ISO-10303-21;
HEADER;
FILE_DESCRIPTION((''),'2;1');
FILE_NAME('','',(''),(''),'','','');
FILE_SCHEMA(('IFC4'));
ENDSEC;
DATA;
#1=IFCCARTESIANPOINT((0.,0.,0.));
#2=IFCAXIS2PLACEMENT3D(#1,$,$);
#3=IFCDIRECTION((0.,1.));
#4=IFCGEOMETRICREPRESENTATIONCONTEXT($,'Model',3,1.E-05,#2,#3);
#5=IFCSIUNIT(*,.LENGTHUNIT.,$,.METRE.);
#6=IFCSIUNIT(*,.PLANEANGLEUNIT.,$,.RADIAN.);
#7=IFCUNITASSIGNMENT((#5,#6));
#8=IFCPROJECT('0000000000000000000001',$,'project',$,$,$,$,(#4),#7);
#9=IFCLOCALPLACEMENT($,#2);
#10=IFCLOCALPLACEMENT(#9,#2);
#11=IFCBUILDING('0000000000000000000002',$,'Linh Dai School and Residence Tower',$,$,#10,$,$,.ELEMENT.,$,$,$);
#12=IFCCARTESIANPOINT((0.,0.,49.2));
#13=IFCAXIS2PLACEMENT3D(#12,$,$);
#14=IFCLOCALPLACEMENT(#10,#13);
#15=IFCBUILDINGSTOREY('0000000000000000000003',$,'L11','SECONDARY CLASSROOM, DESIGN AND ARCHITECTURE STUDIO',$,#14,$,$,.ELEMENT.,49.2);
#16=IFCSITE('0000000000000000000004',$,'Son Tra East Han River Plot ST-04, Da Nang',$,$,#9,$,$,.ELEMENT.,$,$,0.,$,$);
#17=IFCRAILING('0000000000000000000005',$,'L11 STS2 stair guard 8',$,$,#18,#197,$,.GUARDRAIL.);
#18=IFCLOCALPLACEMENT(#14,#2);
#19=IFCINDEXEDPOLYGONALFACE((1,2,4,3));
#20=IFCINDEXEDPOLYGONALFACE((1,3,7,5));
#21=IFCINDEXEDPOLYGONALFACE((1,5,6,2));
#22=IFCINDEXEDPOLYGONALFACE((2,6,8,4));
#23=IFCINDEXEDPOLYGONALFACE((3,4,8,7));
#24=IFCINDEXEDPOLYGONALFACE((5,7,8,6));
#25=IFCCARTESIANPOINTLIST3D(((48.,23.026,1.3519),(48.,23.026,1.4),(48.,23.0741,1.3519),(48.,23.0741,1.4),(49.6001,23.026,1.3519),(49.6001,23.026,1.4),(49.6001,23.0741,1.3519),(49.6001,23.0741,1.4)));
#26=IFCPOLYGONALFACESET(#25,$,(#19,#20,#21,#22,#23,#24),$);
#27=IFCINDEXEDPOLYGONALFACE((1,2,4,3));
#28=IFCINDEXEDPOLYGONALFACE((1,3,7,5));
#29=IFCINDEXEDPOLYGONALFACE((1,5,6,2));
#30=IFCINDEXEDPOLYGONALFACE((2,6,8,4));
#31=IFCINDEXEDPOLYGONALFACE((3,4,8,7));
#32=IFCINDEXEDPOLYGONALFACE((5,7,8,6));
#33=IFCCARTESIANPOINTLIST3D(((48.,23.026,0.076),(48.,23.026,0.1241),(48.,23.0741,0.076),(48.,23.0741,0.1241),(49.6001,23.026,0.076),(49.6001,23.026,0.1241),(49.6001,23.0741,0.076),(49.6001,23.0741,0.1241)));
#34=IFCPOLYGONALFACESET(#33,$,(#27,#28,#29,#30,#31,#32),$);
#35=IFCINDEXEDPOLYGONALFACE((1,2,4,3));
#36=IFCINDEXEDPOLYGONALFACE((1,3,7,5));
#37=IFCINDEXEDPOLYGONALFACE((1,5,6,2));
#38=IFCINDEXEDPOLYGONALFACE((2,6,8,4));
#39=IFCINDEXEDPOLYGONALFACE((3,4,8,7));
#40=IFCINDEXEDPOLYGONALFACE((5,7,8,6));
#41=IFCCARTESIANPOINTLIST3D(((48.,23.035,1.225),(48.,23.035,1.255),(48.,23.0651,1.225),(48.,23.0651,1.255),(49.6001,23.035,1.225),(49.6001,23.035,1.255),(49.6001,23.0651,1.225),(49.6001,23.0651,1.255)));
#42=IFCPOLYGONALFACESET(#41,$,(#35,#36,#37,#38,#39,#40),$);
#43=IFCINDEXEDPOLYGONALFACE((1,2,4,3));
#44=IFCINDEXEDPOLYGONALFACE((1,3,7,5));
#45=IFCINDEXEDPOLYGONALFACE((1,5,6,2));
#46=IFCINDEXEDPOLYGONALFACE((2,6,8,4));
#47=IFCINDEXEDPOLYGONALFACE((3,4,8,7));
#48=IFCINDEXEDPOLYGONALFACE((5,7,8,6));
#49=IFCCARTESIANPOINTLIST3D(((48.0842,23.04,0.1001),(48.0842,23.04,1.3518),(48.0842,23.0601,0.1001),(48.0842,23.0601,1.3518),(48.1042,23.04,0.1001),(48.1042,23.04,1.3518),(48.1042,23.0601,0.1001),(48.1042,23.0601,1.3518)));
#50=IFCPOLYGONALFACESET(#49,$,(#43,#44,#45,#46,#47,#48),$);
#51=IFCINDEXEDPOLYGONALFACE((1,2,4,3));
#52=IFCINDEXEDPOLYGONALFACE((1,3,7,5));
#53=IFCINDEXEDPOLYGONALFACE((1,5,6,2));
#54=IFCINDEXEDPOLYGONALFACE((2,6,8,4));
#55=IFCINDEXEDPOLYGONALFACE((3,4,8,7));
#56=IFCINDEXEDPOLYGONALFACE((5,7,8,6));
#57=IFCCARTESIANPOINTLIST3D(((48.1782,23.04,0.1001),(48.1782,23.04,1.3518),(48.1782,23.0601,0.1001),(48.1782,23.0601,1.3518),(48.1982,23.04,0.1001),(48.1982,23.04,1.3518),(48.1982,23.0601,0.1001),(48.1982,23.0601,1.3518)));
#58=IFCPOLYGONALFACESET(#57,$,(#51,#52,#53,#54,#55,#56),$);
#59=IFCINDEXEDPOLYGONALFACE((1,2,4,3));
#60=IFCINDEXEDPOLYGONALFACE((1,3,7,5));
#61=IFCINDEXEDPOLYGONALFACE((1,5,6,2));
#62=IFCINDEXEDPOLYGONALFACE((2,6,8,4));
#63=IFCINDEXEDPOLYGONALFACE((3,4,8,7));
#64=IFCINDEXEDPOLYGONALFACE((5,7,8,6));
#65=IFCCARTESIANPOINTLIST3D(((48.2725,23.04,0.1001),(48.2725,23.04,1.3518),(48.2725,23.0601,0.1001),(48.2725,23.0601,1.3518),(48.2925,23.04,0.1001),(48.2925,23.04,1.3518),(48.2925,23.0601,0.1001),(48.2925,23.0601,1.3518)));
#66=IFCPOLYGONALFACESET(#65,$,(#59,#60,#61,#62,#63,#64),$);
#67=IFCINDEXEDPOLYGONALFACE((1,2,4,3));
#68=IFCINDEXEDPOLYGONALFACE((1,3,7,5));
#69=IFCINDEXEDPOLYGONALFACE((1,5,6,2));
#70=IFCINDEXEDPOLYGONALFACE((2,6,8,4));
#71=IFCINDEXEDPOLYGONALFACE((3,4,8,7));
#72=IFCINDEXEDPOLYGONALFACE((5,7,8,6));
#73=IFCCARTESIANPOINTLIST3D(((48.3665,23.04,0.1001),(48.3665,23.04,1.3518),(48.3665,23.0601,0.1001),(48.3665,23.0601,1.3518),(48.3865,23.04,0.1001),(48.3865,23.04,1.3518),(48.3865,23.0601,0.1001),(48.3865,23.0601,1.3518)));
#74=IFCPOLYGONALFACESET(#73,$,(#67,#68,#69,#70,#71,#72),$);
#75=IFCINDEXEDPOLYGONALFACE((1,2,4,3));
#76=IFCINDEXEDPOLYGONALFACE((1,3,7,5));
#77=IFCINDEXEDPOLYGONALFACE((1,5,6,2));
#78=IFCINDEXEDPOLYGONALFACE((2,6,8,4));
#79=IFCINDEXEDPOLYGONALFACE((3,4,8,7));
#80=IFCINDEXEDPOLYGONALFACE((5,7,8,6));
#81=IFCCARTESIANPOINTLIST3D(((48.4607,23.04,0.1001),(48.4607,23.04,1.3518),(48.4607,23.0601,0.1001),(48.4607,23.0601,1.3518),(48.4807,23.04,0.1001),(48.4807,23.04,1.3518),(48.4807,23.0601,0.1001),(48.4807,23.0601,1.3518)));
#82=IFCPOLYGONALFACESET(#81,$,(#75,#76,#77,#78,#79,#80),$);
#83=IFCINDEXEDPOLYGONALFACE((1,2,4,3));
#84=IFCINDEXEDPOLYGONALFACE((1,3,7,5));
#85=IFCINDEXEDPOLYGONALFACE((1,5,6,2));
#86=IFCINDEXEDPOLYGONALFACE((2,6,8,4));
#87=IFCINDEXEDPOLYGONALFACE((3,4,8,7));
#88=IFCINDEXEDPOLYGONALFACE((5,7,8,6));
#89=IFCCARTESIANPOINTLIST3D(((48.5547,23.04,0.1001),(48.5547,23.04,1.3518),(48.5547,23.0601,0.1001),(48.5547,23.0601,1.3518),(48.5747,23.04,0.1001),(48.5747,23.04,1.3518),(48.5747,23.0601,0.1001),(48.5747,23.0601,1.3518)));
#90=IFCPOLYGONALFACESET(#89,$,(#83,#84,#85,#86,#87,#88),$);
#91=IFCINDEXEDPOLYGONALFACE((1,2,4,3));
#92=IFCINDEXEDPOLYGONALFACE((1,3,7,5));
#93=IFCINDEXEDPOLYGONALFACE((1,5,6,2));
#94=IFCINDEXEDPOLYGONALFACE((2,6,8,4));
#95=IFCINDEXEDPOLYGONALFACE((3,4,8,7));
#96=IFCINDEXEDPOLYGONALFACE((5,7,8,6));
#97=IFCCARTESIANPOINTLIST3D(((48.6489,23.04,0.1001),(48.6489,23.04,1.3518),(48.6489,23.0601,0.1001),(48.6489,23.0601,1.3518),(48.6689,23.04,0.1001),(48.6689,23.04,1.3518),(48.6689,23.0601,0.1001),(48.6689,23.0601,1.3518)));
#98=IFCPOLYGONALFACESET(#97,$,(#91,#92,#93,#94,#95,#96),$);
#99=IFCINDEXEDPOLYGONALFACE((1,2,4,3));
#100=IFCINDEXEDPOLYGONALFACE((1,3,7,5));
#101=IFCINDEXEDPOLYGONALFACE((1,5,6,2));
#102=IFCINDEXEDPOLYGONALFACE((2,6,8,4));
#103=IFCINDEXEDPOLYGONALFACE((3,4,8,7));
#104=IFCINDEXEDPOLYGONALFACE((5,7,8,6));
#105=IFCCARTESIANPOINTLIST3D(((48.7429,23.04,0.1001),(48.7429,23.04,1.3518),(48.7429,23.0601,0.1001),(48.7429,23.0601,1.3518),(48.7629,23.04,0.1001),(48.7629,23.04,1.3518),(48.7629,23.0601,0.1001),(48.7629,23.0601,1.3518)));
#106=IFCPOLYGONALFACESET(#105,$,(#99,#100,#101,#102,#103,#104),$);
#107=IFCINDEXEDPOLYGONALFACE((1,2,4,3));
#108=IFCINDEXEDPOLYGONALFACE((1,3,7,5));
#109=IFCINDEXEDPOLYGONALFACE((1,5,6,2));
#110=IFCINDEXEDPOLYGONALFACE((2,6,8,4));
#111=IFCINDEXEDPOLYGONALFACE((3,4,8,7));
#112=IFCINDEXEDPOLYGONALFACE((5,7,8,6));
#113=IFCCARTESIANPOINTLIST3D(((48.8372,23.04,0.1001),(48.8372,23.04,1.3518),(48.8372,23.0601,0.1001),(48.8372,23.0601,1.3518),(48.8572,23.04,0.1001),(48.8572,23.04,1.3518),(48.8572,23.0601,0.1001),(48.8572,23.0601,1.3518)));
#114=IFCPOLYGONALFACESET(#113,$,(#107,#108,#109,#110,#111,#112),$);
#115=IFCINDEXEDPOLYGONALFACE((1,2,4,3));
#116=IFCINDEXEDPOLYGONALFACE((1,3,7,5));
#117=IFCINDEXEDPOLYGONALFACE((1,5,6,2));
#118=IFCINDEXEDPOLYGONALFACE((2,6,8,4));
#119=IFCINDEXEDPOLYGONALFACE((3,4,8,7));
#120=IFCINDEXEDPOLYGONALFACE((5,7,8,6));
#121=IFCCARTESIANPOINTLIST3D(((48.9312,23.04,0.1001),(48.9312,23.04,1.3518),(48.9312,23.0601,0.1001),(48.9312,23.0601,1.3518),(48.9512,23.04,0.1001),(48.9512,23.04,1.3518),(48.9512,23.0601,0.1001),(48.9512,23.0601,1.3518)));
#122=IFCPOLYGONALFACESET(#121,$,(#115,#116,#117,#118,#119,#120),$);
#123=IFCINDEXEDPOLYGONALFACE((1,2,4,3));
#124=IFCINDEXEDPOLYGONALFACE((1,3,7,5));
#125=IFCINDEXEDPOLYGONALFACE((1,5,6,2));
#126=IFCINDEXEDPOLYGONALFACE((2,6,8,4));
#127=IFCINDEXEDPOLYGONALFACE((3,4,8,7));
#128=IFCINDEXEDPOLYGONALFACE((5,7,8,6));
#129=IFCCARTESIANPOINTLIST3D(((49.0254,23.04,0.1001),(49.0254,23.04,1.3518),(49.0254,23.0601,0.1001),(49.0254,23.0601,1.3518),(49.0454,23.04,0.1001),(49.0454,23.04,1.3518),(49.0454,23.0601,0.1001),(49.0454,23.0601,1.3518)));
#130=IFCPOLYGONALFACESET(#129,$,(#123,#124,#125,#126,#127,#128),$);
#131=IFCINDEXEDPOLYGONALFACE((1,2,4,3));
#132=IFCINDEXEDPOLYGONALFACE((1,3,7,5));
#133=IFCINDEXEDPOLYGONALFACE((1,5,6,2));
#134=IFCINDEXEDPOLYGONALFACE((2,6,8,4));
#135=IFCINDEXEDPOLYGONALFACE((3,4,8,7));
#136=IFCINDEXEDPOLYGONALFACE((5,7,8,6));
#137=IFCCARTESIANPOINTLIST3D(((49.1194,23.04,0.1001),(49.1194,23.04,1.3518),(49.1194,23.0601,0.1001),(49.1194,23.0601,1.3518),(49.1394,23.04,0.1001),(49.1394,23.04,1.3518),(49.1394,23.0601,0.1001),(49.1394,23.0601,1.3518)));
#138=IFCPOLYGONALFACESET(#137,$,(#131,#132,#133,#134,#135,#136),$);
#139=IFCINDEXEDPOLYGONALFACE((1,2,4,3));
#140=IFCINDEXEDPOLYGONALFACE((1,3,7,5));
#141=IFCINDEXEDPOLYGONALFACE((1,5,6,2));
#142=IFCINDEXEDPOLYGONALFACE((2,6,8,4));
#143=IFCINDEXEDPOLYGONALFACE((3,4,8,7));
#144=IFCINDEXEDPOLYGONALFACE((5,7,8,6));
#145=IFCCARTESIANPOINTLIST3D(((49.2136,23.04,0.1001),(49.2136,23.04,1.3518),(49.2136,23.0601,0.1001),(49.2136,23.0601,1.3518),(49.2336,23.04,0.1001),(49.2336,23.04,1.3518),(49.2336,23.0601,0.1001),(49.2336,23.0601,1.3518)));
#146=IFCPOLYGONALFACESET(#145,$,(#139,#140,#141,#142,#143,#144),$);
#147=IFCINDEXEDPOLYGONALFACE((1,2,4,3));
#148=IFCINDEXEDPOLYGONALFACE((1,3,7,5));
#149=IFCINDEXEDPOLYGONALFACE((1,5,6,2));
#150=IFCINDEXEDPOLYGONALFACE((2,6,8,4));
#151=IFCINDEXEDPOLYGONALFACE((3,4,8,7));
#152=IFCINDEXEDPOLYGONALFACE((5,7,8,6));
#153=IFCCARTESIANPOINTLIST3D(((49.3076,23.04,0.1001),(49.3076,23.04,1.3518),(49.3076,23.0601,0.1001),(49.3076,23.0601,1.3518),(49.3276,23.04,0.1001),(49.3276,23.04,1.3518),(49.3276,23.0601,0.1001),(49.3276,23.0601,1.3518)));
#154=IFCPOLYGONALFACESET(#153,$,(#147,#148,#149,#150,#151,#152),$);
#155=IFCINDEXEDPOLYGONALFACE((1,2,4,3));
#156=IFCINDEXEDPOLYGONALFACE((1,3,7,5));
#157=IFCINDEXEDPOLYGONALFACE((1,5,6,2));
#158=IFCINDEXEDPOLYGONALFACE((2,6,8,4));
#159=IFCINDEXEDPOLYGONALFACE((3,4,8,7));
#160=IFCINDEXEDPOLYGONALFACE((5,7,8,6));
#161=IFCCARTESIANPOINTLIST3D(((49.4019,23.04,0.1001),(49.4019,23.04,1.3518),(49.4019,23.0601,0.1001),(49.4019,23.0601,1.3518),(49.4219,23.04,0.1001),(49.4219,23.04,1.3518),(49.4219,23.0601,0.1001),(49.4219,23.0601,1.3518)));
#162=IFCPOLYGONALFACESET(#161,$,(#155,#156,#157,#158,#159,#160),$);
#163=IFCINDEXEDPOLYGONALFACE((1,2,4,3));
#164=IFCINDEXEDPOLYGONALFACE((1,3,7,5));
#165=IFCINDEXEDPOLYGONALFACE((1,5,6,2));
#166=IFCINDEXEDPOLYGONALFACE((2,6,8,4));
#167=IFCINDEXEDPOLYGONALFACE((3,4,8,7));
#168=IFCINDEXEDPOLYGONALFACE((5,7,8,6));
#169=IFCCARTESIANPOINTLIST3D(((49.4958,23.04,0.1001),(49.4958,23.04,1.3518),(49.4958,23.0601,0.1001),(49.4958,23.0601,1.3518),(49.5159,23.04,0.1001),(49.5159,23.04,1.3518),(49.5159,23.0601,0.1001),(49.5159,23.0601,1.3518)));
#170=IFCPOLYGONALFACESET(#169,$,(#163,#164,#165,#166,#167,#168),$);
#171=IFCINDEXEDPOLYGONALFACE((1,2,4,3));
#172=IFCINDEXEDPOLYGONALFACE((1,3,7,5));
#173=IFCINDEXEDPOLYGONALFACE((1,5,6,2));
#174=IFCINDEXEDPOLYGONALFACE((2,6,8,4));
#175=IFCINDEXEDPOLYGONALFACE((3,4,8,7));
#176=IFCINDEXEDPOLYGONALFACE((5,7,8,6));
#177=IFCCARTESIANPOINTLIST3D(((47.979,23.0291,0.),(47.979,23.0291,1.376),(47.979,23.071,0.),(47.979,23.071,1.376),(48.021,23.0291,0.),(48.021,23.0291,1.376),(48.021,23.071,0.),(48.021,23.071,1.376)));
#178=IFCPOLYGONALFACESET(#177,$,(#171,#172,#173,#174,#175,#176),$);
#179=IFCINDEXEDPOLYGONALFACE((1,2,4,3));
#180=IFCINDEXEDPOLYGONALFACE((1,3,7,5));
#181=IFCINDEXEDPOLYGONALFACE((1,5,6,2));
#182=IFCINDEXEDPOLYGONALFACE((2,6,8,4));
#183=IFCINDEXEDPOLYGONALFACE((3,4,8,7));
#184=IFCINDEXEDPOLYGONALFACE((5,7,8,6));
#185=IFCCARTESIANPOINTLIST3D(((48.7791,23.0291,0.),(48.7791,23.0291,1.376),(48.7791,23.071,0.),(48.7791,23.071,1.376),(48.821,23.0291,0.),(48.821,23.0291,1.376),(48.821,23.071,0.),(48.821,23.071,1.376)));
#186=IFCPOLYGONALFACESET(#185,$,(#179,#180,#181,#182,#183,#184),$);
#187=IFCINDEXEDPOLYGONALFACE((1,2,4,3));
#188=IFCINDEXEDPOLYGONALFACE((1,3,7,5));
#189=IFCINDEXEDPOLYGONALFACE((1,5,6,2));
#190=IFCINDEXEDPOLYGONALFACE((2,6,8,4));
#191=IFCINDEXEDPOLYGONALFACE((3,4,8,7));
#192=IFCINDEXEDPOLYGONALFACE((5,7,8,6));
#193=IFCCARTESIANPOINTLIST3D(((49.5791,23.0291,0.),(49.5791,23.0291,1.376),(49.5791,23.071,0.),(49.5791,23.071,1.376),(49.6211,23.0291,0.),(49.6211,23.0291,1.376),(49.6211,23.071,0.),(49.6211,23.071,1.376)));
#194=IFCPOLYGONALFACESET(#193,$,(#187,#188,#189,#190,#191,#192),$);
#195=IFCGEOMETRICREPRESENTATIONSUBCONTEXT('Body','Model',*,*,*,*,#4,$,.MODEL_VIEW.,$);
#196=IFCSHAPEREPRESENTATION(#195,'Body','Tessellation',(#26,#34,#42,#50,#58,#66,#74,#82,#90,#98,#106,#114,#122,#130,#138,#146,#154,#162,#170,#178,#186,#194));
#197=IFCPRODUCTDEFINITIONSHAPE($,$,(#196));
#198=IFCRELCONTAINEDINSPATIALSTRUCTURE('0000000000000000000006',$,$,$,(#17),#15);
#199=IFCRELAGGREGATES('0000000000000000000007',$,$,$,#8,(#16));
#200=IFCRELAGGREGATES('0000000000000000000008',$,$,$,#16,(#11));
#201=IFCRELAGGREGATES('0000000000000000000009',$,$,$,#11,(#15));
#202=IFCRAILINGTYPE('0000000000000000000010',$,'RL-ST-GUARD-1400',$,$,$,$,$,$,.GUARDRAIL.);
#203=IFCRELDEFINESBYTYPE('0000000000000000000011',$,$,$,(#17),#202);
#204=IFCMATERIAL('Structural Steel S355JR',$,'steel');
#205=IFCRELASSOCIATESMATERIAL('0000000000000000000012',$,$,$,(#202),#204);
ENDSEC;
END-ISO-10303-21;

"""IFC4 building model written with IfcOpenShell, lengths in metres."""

from ifc_helpers import new_model, si_unit, direction, frame, origin, origin_2d, place, context, subcontext, project, spatial, rectangle, extrude, source, transform, mapped, material, type_object, element, save


model = new_model("IFC4")

# Units and contexts
model_context = context("Model", 3, precision=1e-05, world=origin(), true_north=direction((0.0, 1.0)))
body_context = subcontext(model_context, "Body", "Model", "MODEL_VIEW")
ifc_project = project(units=[si_unit("LENGTHUNIT", "METRE"), si_unit("PLANEANGLEUNIT", "RADIAN")], contexts=[model_context])

# Site, building, storey
site_placement = place(None, origin())
site = spatial("IfcSite", under=ifc_project, at=site_placement, Name="Son Tra East Han River Plot ST-04, Da Nang", CompositionType="ELEMENT", RefElevation=0.0)
building_placement = place(site_placement, origin())
building = spatial("IfcBuilding", under=site, at=building_placement, Name="Linh Dai School and Residence Tower", CompositionType="ELEMENT")
storey_placement = place(building_placement, frame((0.0, 0.0, 49.2)))
storey = spatial("IfcBuildingStorey", under=building, at=storey_placement, Name="L11", Description="SECONDARY CLASSROOM, DESIGN AND ARCHITECTURE STUDIO", CompositionType="ELEMENT", Elevation=49.2)

# Shared definitions
ifc_material_1 = material(Name="Structural Steel S355JR", Category="steel")

# Railing
railing_type_1 = type_object("IfcRailingType", Name="RL-ST-GUARD-1400", PredefinedType="GUARDRAIL", material=ifc_material_1)
shared_shape_1 = source(origin(), body_context, "Body", "SweptSolid", [
    extrude(rectangle(XDim=0.0481, YDim=0.0481, at=origin_2d()), frame((0.0, 0.0, 1.376), z_axis=(1.0, 0.0, 0.0), x_axis=(0.0, 1.0, 0.0)), (0.0, 0.0, 1.0), 1.6001),
    extrude(rectangle(XDim=0.0481, YDim=0.0481, at=origin_2d()), frame((0.0, 0.0, 0.1001), z_axis=(1.0, 0.0, 0.0), x_axis=(0.0, 1.0, 0.0)), (0.0, 0.0, 1.0), 1.6001),
    extrude(rectangle(XDim=0.03, YDim=0.03, at=origin_2d()), frame((0.0, 0.0, 1.24), z_axis=(1.0, 0.0, 0.0), x_axis=(0.0, 1.0, 0.0)), (0.0, 0.0, 1.0), 1.6001),
    extrude(rectangle(XDim=0.02, YDim=0.02, at=origin_2d()), frame((0.0942, 0.0, 0.1001)), (0.0, 0.0, 1.0), 1.2517),
    extrude(rectangle(XDim=0.02, YDim=0.02, at=origin_2d()), frame((0.1882, 0.0, 0.1001)), (0.0, 0.0, 1.0), 1.2517),
    extrude(rectangle(XDim=0.02, YDim=0.02, at=origin_2d()), frame((0.2825, 0.0, 0.1001)), (0.0, 0.0, 1.0), 1.2517),
    extrude(rectangle(XDim=0.02, YDim=0.02, at=origin_2d()), frame((0.3765, 0.0, 0.1001)), (0.0, 0.0, 1.0), 1.2517),
    extrude(rectangle(XDim=0.02, YDim=0.02, at=origin_2d()), frame((0.4707, 0.0, 0.1001)), (0.0, 0.0, 1.0), 1.2517),
    extrude(rectangle(XDim=0.02, YDim=0.02, at=origin_2d()), frame((0.5647, 0.0, 0.1001)), (0.0, 0.0, 1.0), 1.2517),
    extrude(rectangle(XDim=0.02, YDim=0.02, at=origin_2d()), frame((0.6589, 0.0, 0.1001)), (0.0, 0.0, 1.0), 1.2517),
    extrude(rectangle(XDim=0.02, YDim=0.02, at=origin_2d()), frame((0.7529, 0.0, 0.1001)), (0.0, 0.0, 1.0), 1.2517),
    extrude(rectangle(XDim=0.02, YDim=0.02, at=origin_2d()), frame((0.8472, 0.0, 0.1001)), (0.0, 0.0, 1.0), 1.2517),
    extrude(rectangle(XDim=0.02, YDim=0.02, at=origin_2d()), frame((0.9412, 0.0, 0.1001)), (0.0, 0.0, 1.0), 1.2517),
    extrude(rectangle(XDim=0.02, YDim=0.02, at=origin_2d()), frame((1.0354, 0.0, 0.1001)), (0.0, 0.0, 1.0), 1.2517),
    extrude(rectangle(XDim=0.02, YDim=0.02, at=origin_2d()), frame((1.1294, 0.0, 0.1001)), (0.0, 0.0, 1.0), 1.2517),
    extrude(rectangle(XDim=0.02, YDim=0.02, at=origin_2d()), frame((1.2236, 0.0, 0.1001)), (0.0, 0.0, 1.0), 1.2517),
    extrude(rectangle(XDim=0.02, YDim=0.02, at=origin_2d()), frame((1.3176, 0.0, 0.1001)), (0.0, 0.0, 1.0), 1.2517),
    extrude(rectangle(XDim=0.02, YDim=0.02, at=origin_2d()), frame((1.4119, 0.0, 0.1001)), (0.0, 0.0, 1.0), 1.2517),
    extrude(rectangle(XDim=0.02, YDim=0.02, at=origin_2d()), frame((1.5059, 0.0, 0.1001)), (0.0, 0.0, 1.0), 1.2517),
    extrude(rectangle(XDim=0.042, YDim=0.042, at=origin_2d()), origin(), (0.0, 0.0, 1.0), 1.376),
    extrude(rectangle(XDim=0.042, YDim=0.042, at=origin_2d()), frame((0.8, 0.0, 0.0)), (0.0, 0.0, 1.0), 1.376),
    extrude(rectangle(XDim=0.042, YDim=0.042, at=origin_2d()), frame((1.6001, 0.0, 0.0)), (0.0, 0.0, 1.0), 1.376),
])
railing_1_placement = place(storey_placement, frame((48.0, 23.05, 0.0)))
element("IfcRailing", 1, at=railing_1_placement, inside=storey, type_object=railing_type_1, Name="L11 STS2 stair guard 8", PredefinedType="GUARDRAIL", context=body_context, shape_type="MappedRepresentation", body=[
    mapped(shared_shape_1, transform((0.0, 0.0, 0.0), x_axis=(1.0, 0.0, 0.0), y_axis=(0.0, 1.0, 0.0), z_axis=(0.0, 0.0, 1.0), scale=1.0)),
])

save(model, "model.ifc")
